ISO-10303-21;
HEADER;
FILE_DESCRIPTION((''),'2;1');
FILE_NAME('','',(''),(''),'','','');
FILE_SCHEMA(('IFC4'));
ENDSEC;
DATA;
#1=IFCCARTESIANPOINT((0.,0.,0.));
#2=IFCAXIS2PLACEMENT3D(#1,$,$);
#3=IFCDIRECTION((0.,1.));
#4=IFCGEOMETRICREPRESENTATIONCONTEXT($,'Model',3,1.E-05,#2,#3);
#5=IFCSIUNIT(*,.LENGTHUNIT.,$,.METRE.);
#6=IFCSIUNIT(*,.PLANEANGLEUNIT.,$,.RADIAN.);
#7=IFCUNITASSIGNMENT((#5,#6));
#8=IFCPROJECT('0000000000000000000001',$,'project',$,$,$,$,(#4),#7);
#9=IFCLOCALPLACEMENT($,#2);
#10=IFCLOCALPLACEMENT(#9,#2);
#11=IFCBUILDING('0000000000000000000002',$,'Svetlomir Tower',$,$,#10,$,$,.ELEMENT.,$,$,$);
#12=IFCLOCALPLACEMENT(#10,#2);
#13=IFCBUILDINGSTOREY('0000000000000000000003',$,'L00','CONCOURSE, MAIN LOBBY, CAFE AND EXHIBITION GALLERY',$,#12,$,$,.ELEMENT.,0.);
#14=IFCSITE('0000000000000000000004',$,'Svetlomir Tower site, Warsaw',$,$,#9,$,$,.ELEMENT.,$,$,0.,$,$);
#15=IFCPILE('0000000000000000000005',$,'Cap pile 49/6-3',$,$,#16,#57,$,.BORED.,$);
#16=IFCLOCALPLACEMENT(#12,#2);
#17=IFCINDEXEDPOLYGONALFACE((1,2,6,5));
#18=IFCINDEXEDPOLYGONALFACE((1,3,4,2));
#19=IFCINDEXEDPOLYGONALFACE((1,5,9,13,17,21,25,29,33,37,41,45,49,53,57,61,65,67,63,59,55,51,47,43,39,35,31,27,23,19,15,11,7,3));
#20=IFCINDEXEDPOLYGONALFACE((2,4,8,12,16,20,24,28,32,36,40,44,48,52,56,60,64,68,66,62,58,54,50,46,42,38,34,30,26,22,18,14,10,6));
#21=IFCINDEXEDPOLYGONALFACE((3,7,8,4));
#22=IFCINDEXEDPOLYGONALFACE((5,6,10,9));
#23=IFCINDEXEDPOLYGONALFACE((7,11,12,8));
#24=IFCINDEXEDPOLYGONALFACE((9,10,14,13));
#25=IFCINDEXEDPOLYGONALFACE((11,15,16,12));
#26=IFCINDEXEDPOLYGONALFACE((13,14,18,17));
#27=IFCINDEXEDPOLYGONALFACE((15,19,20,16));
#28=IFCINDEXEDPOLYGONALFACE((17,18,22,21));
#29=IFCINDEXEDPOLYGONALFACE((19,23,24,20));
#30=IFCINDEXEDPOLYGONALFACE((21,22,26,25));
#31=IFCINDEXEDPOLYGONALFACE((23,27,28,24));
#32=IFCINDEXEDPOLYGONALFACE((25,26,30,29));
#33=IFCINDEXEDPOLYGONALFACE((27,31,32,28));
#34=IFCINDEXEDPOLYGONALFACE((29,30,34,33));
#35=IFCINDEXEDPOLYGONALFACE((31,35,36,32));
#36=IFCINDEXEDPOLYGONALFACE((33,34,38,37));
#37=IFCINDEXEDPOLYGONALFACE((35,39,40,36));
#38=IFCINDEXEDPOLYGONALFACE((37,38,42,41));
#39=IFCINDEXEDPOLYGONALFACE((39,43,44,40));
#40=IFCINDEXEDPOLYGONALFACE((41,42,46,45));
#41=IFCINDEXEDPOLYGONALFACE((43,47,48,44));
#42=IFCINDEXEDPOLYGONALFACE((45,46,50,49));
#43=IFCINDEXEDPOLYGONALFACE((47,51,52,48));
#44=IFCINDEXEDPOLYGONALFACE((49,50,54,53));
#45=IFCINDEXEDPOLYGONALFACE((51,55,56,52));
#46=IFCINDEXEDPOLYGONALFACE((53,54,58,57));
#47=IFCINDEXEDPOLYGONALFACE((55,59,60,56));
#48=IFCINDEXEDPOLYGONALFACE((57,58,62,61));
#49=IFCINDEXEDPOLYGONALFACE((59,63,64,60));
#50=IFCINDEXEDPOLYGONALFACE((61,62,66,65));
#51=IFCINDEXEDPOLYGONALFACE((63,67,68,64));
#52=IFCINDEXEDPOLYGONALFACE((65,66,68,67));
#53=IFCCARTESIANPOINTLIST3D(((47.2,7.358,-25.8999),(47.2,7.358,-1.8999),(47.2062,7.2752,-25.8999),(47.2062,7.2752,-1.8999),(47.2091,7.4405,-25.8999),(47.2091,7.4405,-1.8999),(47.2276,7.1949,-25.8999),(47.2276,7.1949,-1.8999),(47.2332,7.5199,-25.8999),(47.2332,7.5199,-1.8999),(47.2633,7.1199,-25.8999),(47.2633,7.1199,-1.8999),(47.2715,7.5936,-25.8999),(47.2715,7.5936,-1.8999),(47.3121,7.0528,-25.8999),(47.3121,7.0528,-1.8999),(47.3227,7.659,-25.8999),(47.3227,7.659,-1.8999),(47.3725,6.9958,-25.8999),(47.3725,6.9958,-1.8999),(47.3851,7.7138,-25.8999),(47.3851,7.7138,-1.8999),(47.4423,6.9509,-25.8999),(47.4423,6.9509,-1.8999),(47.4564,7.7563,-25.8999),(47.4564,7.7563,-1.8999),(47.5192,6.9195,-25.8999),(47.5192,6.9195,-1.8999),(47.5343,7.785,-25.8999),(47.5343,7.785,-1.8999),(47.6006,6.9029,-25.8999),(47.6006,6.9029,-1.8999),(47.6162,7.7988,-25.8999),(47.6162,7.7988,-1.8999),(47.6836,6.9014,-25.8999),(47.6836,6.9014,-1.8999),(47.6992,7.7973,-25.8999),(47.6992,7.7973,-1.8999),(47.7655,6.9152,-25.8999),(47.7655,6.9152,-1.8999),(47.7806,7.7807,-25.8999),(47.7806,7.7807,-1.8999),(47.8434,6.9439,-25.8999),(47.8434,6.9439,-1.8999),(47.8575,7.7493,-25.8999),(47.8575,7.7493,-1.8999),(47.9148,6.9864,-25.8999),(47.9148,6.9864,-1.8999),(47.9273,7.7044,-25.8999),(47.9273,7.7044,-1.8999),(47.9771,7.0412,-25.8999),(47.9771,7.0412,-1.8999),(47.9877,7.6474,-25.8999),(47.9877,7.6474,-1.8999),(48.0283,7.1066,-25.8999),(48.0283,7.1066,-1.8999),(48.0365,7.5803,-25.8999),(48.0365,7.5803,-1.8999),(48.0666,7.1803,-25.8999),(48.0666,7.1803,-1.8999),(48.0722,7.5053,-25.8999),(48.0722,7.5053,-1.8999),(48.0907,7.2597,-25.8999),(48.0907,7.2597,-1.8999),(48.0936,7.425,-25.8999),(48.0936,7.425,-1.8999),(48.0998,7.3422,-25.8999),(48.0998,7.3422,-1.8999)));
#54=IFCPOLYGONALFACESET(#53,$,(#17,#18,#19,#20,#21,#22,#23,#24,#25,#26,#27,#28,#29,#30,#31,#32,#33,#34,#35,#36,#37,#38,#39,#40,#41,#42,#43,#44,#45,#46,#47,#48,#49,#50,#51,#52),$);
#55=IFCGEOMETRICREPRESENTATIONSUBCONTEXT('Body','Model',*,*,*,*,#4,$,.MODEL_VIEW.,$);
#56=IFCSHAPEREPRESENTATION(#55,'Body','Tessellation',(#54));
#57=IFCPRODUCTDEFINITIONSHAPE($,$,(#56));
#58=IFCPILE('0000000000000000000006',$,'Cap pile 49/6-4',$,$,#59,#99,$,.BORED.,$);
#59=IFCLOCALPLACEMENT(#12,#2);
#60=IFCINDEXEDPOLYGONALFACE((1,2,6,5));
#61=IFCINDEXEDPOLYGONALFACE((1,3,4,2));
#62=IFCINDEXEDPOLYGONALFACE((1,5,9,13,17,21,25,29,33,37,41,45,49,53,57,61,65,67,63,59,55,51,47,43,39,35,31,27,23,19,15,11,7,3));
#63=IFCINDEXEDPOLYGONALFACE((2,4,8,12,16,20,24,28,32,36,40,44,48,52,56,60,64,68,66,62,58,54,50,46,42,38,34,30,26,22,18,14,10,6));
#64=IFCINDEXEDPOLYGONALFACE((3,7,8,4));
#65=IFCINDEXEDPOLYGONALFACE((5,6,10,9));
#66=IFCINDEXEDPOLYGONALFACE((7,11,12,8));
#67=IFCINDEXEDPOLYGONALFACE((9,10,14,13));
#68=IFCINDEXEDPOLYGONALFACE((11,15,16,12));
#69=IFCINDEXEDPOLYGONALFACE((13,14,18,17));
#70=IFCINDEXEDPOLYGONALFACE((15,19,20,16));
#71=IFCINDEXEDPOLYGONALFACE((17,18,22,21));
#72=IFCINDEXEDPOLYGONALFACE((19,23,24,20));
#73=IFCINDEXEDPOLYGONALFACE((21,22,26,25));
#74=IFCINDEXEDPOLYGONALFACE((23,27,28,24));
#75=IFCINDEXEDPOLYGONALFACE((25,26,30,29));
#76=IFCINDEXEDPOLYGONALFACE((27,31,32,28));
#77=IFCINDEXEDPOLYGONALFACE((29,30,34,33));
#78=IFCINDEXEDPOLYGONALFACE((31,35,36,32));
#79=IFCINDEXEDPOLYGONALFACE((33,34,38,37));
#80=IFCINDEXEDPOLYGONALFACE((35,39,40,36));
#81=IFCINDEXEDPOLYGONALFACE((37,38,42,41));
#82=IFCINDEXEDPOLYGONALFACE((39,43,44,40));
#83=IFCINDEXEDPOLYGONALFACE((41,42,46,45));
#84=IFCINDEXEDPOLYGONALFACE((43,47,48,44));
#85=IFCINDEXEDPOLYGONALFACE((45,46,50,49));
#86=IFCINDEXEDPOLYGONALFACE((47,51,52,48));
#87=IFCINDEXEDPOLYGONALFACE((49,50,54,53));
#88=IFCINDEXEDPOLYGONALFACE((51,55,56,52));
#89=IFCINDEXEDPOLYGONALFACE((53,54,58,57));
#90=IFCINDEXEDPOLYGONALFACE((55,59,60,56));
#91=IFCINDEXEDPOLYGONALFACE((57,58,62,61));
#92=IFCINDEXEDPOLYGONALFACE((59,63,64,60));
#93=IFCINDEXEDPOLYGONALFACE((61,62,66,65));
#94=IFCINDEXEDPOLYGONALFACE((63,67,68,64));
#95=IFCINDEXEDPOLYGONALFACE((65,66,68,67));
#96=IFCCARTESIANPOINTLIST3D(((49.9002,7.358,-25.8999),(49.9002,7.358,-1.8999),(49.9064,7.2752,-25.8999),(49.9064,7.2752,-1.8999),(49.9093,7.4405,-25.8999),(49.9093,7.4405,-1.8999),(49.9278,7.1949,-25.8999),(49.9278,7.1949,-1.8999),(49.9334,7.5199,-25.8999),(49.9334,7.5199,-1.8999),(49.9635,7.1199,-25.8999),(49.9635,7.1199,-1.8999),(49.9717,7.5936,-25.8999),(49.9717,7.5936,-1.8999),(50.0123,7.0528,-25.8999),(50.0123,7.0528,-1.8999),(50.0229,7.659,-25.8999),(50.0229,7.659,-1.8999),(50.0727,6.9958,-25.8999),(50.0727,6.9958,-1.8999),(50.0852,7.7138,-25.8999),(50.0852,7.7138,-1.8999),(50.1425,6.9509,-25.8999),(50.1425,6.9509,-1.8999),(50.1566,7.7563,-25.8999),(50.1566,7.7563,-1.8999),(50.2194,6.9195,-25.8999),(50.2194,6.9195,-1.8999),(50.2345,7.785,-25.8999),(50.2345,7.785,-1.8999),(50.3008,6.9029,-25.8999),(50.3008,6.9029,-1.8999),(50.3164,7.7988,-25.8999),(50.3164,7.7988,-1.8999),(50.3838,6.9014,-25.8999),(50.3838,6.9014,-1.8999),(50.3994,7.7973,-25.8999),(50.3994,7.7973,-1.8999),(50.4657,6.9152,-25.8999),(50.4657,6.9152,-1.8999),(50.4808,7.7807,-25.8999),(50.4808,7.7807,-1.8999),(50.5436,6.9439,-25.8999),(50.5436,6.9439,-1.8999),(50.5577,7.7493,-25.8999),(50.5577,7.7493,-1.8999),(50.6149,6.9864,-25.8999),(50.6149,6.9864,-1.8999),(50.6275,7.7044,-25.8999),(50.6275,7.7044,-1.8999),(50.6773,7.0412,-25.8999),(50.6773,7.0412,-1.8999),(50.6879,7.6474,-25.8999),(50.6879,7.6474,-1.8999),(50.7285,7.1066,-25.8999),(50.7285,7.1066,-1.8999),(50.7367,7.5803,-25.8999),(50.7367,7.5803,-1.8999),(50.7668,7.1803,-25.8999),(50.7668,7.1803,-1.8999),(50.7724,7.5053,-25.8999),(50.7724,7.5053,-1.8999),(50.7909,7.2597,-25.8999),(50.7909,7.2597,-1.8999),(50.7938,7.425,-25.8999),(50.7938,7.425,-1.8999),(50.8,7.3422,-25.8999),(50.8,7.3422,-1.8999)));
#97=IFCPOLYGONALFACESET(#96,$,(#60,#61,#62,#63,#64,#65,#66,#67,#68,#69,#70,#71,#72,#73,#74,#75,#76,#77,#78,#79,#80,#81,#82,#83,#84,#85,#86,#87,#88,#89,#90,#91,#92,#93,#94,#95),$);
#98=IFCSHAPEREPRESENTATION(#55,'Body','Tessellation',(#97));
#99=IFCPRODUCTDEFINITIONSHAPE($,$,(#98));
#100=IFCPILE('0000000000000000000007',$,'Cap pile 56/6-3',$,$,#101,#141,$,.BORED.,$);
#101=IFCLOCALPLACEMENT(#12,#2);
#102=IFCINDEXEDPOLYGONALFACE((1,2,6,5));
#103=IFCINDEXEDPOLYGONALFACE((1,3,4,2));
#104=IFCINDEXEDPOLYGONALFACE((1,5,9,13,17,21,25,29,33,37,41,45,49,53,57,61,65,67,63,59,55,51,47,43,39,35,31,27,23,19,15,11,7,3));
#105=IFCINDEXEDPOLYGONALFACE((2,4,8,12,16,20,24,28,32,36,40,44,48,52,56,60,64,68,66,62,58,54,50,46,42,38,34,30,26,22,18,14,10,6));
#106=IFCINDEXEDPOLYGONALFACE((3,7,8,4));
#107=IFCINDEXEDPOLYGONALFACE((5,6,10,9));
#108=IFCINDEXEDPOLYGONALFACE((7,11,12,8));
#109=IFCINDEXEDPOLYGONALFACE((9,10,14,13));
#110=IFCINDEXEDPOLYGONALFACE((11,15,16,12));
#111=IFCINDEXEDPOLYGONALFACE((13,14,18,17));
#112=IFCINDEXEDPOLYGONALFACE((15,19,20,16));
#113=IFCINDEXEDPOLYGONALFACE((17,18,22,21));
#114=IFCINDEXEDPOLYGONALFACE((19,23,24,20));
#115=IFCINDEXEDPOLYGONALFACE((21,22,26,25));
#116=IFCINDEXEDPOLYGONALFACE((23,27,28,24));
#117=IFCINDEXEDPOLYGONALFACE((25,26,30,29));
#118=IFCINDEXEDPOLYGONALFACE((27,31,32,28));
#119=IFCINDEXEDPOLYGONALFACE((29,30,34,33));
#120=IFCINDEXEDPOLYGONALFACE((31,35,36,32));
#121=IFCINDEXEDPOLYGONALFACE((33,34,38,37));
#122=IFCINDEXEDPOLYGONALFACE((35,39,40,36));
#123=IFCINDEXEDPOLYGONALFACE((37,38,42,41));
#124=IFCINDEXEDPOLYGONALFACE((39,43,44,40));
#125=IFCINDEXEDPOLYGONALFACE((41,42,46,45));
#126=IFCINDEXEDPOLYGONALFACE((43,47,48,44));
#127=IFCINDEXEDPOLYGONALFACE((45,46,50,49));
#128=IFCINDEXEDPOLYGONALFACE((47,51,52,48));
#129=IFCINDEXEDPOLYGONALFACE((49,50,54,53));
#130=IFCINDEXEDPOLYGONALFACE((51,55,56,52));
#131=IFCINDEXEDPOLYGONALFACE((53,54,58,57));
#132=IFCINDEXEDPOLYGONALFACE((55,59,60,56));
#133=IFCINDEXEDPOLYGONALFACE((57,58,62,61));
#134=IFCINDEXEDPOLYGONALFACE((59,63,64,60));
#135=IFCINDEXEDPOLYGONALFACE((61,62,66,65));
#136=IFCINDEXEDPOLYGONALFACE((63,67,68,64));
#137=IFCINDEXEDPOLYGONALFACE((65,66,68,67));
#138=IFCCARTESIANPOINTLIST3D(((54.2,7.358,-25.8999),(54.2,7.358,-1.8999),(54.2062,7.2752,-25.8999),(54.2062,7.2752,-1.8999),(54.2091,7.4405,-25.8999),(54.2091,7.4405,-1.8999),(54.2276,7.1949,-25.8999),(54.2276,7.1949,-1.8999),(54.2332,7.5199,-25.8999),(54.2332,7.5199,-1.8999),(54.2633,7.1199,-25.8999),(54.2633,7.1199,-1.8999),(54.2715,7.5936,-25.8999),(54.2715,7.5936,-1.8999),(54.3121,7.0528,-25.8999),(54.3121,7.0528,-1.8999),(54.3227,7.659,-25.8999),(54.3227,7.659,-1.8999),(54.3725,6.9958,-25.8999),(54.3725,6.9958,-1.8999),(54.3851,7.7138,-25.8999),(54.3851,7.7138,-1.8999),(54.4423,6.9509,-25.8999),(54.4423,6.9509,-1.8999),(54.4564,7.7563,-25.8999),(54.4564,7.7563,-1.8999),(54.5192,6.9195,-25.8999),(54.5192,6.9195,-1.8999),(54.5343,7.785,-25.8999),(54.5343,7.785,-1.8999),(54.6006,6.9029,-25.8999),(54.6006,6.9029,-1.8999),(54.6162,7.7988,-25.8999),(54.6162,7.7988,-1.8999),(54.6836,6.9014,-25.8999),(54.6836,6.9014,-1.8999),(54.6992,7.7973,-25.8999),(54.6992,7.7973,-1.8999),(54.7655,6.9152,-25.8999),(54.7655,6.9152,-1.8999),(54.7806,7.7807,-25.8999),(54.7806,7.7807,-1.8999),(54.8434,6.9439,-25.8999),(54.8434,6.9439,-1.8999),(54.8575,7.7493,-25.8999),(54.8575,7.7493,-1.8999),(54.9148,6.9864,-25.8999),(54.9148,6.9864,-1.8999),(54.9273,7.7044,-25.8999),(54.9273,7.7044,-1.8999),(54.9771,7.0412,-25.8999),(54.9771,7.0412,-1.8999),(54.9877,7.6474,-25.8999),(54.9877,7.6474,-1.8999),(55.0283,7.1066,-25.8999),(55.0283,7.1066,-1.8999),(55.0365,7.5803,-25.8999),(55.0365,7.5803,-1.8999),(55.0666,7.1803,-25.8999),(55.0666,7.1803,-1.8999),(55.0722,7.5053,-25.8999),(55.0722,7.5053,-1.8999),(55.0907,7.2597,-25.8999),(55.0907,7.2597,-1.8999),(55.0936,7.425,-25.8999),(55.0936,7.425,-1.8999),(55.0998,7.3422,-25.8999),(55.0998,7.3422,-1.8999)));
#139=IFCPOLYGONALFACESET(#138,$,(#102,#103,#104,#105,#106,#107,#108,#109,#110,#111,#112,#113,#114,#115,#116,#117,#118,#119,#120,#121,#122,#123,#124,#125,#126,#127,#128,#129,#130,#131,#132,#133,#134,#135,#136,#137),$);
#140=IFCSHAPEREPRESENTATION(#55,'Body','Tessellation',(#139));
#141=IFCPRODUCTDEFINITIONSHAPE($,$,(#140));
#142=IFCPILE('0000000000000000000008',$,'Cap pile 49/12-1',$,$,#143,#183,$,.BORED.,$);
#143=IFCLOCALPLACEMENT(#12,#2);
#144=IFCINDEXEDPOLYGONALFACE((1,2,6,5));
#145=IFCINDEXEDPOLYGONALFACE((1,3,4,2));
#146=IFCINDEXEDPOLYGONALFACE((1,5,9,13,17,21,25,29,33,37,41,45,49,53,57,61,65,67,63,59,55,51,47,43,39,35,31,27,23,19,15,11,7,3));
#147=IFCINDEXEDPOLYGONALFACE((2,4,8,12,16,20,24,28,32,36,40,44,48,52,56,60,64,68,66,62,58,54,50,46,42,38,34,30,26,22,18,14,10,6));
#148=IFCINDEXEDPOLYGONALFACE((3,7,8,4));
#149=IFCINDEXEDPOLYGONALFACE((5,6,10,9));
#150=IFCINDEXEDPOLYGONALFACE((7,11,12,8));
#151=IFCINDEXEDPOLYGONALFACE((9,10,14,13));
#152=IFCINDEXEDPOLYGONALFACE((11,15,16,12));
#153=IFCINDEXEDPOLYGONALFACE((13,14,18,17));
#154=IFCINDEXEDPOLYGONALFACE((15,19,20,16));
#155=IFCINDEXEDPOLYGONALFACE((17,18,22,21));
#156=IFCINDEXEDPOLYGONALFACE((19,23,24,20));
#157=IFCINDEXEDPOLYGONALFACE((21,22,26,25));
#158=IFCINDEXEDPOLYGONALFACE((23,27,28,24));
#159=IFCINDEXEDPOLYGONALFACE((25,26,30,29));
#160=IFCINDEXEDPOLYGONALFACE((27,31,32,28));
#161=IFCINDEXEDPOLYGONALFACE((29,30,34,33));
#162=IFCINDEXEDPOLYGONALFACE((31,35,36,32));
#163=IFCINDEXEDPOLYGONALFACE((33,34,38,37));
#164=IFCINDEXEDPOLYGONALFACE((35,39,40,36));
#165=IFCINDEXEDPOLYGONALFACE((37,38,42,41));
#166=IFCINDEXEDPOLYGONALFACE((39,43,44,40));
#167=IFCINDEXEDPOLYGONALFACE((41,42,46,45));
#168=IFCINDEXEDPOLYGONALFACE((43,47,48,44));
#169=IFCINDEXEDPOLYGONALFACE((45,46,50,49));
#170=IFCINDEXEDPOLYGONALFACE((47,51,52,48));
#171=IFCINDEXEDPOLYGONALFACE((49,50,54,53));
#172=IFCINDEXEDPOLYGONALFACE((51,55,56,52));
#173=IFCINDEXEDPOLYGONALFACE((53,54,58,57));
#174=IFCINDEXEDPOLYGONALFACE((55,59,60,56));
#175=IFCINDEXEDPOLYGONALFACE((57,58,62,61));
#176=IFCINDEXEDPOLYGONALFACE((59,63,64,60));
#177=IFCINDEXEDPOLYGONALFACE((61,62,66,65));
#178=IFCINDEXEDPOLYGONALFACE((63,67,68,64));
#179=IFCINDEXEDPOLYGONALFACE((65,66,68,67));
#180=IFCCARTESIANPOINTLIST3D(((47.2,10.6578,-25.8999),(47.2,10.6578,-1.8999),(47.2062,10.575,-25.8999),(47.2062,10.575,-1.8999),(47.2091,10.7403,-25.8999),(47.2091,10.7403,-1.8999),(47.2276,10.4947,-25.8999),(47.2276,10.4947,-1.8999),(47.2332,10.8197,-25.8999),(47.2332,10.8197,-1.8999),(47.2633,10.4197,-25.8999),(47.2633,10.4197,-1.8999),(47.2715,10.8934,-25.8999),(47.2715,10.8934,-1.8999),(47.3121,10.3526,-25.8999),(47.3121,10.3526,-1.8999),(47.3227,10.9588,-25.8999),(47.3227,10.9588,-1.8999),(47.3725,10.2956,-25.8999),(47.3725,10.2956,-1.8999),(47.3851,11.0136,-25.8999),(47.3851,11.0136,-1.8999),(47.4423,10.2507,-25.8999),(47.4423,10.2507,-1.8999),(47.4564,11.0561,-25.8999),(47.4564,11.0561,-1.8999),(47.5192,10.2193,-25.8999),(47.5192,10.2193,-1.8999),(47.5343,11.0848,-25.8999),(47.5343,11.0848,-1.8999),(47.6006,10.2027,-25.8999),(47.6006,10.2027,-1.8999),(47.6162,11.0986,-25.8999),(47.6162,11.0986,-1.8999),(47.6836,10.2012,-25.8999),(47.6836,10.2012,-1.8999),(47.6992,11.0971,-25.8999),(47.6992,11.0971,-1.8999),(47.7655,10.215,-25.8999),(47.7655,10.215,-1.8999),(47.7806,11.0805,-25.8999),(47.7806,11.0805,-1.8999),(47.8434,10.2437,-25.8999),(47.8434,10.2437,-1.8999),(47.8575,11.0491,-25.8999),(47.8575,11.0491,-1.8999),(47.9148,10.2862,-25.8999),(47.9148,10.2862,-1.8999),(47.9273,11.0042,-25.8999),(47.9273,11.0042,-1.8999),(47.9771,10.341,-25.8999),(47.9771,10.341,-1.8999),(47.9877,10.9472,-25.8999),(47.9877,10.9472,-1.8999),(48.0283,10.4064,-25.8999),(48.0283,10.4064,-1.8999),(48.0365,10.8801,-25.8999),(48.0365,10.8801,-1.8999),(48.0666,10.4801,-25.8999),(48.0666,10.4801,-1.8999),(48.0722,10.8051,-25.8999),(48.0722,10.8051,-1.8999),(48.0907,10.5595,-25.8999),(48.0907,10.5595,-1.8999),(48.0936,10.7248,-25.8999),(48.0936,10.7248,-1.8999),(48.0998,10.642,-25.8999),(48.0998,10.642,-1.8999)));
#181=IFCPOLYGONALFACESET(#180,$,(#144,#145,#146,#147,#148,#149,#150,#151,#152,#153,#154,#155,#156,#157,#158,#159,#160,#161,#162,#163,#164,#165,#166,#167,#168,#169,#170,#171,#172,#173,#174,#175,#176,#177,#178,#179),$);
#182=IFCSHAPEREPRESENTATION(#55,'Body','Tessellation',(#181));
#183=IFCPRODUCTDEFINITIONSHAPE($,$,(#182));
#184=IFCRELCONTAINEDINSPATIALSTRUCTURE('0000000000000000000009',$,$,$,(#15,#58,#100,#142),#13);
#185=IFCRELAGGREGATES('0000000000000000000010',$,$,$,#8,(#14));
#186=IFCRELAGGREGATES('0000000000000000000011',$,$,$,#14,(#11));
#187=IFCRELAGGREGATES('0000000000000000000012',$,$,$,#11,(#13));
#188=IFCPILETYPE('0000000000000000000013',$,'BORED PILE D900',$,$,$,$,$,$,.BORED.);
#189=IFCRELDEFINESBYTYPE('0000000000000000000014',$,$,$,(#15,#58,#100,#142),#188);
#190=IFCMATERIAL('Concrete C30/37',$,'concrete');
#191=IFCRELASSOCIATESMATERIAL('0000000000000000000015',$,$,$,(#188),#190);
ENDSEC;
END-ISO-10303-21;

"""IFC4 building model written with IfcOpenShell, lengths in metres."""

from ifc_helpers import new_model, si_unit, direction, frame, frame_2d, origin, origin_2d, place, context, subcontext, project, spatial, circle, extrude, material, material_profile, profile_set, type_object, element, save


model = new_model("IFC4")

# Units and contexts
model_context = context("Model", 3, precision=1e-05, world=origin(), true_north=direction((0.0, 1.0)))
body_context = subcontext(model_context, "Body", "Model", "MODEL_VIEW")
ifc_project = project(units=[si_unit("LENGTHUNIT", "METRE"), si_unit("PLANEANGLEUNIT", "RADIAN")], contexts=[model_context])

# Site, building, storey
site_placement = place(None, origin())
site = spatial("IfcSite", under=ifc_project, at=site_placement, Name="Svetlomir Tower site, Warsaw", CompositionType="ELEMENT", RefElevation=0.0)
building_placement = place(site_placement, origin())
building = spatial("IfcBuilding", under=site, at=building_placement, Name="Svetlomir Tower", CompositionType="ELEMENT")
storey_placement = place(building_placement, origin())
storey = spatial("IfcBuildingStorey", under=building, at=storey_placement, Name="L00", Description="CONCOURSE, MAIN LOBBY, CAFE AND EXHIBITION GALLERY", CompositionType="ELEMENT", Elevation=0.0)

# Piles
ifc_material_1 = material(Name="Concrete C30/37", Category="concrete")
ifc_material_profile_1 = material_profile(ifc_material_1, circle(Radius=0.45, at=origin_2d()), Name="RC D900")
ifc_profile_set_1 = profile_set([ifc_material_profile_1], Name="Concrete C30/37")
pile_type = type_object("IfcPileType", Name="BORED PILE D900", PredefinedType="BORED", material=ifc_profile_set_1)
for number, where, z_axis, x_axis, name in (
    (1, (47.6499, 7.3501, -1.8999), (0.0, 0.0, -1.0), (1.0, 0.0, 0.0), "Cap pile 49/6-3"),
    (2, (50.3501, 7.3501, -1.8999), (0.0, 0.0, -1.0), (1.0, 0.0, 0.0), "Cap pile 49/6-4"),
    (3, (54.6499, 7.3501, -1.8999), (0.0, 0.0, -1.0), (1.0, 0.0, 0.0), "Cap pile 56/6-3"),
    (4, (47.6499, 10.6499, -1.8999), (0.0, 0.0, -1.0), (1.0, 0.0, 0.0), "Cap pile 49/12-1"),
):
    element("IfcPile", number, at=place(storey_placement, frame(where, z_axis=z_axis, x_axis=x_axis)), inside=storey, type_object=pile_type, Name=name, PredefinedType="BORED", context=body_context, shape_type="SweptSolid", body=[
        extrude(circle(Radius=0.45, at=frame_2d((0.0, 0.0), x_axis=(0.999848, 0.017452))), origin(), (0.0, 0.0, 1.0), 24.0),
    ])

save(model, "model.ifc")
